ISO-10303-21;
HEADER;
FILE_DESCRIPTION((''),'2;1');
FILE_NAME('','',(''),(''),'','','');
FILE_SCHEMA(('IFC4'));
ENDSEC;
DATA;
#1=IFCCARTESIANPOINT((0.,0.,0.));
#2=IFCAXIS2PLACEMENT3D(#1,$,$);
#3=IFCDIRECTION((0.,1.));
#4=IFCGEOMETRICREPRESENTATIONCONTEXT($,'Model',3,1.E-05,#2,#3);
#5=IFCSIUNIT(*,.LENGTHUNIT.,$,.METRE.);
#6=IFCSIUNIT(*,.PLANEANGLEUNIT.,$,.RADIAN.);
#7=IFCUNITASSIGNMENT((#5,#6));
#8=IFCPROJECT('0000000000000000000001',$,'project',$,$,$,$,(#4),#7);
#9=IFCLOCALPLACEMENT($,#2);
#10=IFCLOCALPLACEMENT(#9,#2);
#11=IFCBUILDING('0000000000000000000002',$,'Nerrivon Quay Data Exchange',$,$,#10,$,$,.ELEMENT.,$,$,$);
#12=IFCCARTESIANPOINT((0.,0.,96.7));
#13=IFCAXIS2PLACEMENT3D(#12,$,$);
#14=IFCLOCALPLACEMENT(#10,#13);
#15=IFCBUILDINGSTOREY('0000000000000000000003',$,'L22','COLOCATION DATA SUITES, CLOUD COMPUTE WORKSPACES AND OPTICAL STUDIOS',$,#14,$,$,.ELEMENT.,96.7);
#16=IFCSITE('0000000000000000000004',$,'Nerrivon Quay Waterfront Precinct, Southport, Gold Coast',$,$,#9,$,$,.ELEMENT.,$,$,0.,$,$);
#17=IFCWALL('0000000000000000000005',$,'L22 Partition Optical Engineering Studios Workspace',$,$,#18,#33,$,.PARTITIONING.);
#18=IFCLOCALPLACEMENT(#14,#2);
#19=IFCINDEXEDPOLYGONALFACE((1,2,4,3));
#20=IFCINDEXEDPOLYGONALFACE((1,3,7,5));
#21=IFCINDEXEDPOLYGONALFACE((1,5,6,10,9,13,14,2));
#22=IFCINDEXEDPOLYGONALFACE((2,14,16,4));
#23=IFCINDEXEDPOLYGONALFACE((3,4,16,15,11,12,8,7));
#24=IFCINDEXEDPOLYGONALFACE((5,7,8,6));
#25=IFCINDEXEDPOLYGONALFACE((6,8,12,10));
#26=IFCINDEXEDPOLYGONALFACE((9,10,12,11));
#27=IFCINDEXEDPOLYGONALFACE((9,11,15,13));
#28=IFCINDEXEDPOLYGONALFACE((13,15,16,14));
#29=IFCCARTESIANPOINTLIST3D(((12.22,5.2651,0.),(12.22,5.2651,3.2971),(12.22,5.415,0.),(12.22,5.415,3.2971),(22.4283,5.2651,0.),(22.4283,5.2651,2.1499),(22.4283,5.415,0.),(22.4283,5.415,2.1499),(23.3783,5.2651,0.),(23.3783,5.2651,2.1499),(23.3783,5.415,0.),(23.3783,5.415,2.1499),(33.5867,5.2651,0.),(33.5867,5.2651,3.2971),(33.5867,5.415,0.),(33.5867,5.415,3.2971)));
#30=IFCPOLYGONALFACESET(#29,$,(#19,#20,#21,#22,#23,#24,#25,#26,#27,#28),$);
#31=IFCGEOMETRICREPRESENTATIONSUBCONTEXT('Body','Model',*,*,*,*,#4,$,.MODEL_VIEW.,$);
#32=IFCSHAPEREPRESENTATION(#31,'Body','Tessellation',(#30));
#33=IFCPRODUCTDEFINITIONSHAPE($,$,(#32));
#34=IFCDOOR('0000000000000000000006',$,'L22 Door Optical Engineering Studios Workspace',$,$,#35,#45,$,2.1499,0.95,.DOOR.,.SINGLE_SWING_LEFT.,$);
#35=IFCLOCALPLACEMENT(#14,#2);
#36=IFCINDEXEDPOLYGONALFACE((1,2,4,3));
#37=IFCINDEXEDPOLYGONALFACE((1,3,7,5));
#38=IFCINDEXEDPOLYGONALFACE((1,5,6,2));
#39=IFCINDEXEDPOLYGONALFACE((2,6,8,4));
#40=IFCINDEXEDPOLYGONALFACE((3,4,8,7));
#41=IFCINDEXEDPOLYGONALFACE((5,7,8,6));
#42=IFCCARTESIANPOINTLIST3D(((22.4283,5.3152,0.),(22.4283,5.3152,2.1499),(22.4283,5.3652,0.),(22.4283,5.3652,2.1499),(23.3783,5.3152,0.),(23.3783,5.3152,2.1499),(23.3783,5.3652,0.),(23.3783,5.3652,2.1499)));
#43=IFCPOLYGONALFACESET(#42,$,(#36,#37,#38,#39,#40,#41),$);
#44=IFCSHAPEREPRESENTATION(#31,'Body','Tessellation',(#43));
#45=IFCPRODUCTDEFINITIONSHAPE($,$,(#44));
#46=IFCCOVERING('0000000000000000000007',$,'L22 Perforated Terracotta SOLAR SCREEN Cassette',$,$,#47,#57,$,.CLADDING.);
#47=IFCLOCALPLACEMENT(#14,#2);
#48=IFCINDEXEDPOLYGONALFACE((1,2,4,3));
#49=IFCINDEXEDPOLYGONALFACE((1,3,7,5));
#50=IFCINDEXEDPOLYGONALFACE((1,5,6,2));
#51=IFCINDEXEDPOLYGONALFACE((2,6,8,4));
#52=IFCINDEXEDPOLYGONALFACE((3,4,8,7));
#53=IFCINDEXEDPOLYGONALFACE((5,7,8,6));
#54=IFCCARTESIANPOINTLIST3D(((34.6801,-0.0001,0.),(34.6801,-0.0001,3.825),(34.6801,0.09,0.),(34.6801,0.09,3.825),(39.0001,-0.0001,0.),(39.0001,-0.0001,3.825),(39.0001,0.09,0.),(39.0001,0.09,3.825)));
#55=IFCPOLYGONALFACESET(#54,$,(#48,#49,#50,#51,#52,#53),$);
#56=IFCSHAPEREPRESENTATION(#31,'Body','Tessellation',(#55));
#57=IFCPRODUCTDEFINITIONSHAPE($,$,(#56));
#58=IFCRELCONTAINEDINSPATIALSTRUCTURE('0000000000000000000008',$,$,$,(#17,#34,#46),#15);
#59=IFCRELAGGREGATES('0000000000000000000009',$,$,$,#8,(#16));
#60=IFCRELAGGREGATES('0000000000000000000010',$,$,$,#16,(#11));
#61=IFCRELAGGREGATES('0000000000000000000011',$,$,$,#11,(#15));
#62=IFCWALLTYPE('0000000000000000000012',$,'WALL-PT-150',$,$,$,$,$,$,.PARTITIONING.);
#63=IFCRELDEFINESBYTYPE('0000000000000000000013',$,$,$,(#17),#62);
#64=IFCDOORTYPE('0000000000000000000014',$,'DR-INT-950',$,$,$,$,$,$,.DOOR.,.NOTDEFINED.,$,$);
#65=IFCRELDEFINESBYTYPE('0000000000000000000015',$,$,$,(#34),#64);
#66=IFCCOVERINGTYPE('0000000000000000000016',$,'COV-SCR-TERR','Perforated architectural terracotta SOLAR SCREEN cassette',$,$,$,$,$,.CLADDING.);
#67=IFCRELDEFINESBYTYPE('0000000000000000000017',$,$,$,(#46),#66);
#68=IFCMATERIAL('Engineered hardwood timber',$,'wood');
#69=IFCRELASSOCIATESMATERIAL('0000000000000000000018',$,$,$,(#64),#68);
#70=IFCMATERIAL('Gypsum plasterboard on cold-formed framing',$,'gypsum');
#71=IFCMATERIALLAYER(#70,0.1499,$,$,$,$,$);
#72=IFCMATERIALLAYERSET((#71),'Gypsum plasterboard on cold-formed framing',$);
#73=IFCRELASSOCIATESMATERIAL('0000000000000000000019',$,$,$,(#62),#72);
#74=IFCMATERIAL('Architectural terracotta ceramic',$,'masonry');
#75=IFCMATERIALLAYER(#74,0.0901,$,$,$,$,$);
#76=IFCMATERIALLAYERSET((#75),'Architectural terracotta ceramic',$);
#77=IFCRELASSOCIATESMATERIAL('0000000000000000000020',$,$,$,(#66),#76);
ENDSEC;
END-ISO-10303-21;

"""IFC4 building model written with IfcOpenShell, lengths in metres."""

from ifc_helpers import new_model, si_unit, direction, frame, frame_2d, origin, origin_2d, place, context, subcontext, project, spatial, rectangle, extrude, material, layer, layer_set, type_object, element, fill, save


model = new_model("IFC4")

# Units and contexts
model_context = context("Model", 3, precision=1e-05, world=origin(), true_north=direction((0.0, 1.0)))
body_context = subcontext(model_context, "Body", "Model", "MODEL_VIEW")
ifc_project = project(units=[si_unit("LENGTHUNIT", "METRE"), si_unit("PLANEANGLEUNIT", "RADIAN")], contexts=[model_context])

# Site, building, storey
site_placement = place(None, origin())
site = spatial("IfcSite", under=ifc_project, at=site_placement, Name="Nerrivon Quay Waterfront Precinct, Southport, Gold Coast", CompositionType="ELEMENT", RefElevation=0.0)
building_placement = place(site_placement, origin())
building = spatial("IfcBuilding", under=site, at=building_placement, Name="Nerrivon Quay Data Exchange", CompositionType="ELEMENT")
storey_placement = place(building_placement, frame((0.0, 0.0, 96.7)))
storey = spatial("IfcBuildingStorey", under=building, at=storey_placement, Name="L22", Description="COLOCATION DATA SUITES, CLOUD COMPUTE WORKSPACES AND OPTICAL STUDIOS", CompositionType="ELEMENT", Elevation=96.7)

# Shared definitions
ifc_material_1 = material(Name="Gypsum plasterboard on cold-formed framing", Category="gypsum")

# Shared definitions
ifc_material_2 = material(Name="Engineered hardwood timber", Category="wood")
door_type = type_object("IfcDoorType", Name="DR-INT-950", OperationType="NOTDEFINED", PredefinedType="DOOR", material=ifc_material_2)

# Wall, opening, door
ifc_layer_1 = layer(ifc_material_1, 0.1499)
ifc_layer_set_1 = layer_set([ifc_layer_1], Name="Gypsum plasterboard on cold-formed framing")
wall_type_1 = type_object("IfcWallType", Name="WALL-PT-150", PredefinedType="PARTITIONING", material=ifc_layer_set_1)
wall_1_placement = place(storey_placement, frame((33.5867, 5.3401, 0.0), z_axis=(0.0, 0.0, 1.0), x_axis=(-1.0, 0.0, 0.0)))
wall_1 = element("IfcWall", 1, at=wall_1_placement, inside=storey, type_object=wall_type_1, Name="L22 Partition Optical Engineering Studios Workspace", PredefinedType="PARTITIONING", context=body_context, shape_type="SweptSolid", body=[
    extrude(rectangle(XDim=21.3667, YDim=0.1499, at=frame_2d((10.6833, 0.0))), origin(), (0.0, 0.0, 1.0), 3.2971),
])
opening_1_placement = place(wall_1_placement, frame((10.2083, 0.0, 0.0)))
opening_1 = element("IfcOpeningElement", 2, at=opening_1_placement, cuts=wall_1, PredefinedType="OPENING", context=body_context, shape_type="SweptSolid", body=[
    extrude(rectangle(XDim=0.95, YDim=2.1499, at=frame_2d((0.4751, 1.075))), frame((0.0, 0.085, 0.0), z_axis=(0.0, -1.0, 0.0), x_axis=(1.0, 0.0, 0.0)), (0.0, 0.0, 1.0), 0.1699),
])
door_1_placement = place(opening_1_placement, origin())
door_1 = element("IfcDoor", 3, at=door_1_placement, inside=storey, type_object=door_type, Name="L22 Door Optical Engineering Studios Workspace", OperationType="SINGLE_SWING_LEFT", OverallHeight=2.1499, OverallWidth=0.95, PredefinedType="DOOR", context=body_context, shape_type="SweptSolid", body=[
    extrude(rectangle(XDim=0.95, YDim=2.1499, at=frame_2d((0.4751, 1.075))), frame((0.0, 0.0249, 0.0), z_axis=(0.0, -1.0, 0.0), x_axis=(1.0, 0.0, 0.0)), (0.0, 0.0, 1.0), 0.05),
])
fill(opening_1, door_1)

# Covering
ifc_material_3 = material(Name="Architectural terracotta ceramic", Category="masonry")
ifc_layer_2 = layer(ifc_material_3, 0.0901)
ifc_layer_set_2 = layer_set([ifc_layer_2], Name="Architectural terracotta ceramic")
covering_type = type_object("IfcCoveringType", Name="COV-SCR-TERR", Description="Perforated architectural terracotta SOLAR SCREEN cassette", PredefinedType="CLADDING", material=ifc_layer_set_2)
covering_placement = place(storey_placement, frame((36.8401, 0.0449, 0.0), z_axis=(0.0, 0.0, 1.0), x_axis=(-1.0, 0.0, 0.0)))
element("IfcCovering", 4, at=covering_placement, inside=storey, type_object=covering_type, Name="L22 Perforated Terracotta SOLAR SCREEN Cassette", PredefinedType="CLADDING", context=body_context, shape_type="SweptSolid", body=[
    extrude(rectangle(XDim=4.3201, YDim=0.0901, at=origin_2d()), origin(), (0.0, 0.0, 1.0), 3.825),
])

save(model, "model.ifc")
